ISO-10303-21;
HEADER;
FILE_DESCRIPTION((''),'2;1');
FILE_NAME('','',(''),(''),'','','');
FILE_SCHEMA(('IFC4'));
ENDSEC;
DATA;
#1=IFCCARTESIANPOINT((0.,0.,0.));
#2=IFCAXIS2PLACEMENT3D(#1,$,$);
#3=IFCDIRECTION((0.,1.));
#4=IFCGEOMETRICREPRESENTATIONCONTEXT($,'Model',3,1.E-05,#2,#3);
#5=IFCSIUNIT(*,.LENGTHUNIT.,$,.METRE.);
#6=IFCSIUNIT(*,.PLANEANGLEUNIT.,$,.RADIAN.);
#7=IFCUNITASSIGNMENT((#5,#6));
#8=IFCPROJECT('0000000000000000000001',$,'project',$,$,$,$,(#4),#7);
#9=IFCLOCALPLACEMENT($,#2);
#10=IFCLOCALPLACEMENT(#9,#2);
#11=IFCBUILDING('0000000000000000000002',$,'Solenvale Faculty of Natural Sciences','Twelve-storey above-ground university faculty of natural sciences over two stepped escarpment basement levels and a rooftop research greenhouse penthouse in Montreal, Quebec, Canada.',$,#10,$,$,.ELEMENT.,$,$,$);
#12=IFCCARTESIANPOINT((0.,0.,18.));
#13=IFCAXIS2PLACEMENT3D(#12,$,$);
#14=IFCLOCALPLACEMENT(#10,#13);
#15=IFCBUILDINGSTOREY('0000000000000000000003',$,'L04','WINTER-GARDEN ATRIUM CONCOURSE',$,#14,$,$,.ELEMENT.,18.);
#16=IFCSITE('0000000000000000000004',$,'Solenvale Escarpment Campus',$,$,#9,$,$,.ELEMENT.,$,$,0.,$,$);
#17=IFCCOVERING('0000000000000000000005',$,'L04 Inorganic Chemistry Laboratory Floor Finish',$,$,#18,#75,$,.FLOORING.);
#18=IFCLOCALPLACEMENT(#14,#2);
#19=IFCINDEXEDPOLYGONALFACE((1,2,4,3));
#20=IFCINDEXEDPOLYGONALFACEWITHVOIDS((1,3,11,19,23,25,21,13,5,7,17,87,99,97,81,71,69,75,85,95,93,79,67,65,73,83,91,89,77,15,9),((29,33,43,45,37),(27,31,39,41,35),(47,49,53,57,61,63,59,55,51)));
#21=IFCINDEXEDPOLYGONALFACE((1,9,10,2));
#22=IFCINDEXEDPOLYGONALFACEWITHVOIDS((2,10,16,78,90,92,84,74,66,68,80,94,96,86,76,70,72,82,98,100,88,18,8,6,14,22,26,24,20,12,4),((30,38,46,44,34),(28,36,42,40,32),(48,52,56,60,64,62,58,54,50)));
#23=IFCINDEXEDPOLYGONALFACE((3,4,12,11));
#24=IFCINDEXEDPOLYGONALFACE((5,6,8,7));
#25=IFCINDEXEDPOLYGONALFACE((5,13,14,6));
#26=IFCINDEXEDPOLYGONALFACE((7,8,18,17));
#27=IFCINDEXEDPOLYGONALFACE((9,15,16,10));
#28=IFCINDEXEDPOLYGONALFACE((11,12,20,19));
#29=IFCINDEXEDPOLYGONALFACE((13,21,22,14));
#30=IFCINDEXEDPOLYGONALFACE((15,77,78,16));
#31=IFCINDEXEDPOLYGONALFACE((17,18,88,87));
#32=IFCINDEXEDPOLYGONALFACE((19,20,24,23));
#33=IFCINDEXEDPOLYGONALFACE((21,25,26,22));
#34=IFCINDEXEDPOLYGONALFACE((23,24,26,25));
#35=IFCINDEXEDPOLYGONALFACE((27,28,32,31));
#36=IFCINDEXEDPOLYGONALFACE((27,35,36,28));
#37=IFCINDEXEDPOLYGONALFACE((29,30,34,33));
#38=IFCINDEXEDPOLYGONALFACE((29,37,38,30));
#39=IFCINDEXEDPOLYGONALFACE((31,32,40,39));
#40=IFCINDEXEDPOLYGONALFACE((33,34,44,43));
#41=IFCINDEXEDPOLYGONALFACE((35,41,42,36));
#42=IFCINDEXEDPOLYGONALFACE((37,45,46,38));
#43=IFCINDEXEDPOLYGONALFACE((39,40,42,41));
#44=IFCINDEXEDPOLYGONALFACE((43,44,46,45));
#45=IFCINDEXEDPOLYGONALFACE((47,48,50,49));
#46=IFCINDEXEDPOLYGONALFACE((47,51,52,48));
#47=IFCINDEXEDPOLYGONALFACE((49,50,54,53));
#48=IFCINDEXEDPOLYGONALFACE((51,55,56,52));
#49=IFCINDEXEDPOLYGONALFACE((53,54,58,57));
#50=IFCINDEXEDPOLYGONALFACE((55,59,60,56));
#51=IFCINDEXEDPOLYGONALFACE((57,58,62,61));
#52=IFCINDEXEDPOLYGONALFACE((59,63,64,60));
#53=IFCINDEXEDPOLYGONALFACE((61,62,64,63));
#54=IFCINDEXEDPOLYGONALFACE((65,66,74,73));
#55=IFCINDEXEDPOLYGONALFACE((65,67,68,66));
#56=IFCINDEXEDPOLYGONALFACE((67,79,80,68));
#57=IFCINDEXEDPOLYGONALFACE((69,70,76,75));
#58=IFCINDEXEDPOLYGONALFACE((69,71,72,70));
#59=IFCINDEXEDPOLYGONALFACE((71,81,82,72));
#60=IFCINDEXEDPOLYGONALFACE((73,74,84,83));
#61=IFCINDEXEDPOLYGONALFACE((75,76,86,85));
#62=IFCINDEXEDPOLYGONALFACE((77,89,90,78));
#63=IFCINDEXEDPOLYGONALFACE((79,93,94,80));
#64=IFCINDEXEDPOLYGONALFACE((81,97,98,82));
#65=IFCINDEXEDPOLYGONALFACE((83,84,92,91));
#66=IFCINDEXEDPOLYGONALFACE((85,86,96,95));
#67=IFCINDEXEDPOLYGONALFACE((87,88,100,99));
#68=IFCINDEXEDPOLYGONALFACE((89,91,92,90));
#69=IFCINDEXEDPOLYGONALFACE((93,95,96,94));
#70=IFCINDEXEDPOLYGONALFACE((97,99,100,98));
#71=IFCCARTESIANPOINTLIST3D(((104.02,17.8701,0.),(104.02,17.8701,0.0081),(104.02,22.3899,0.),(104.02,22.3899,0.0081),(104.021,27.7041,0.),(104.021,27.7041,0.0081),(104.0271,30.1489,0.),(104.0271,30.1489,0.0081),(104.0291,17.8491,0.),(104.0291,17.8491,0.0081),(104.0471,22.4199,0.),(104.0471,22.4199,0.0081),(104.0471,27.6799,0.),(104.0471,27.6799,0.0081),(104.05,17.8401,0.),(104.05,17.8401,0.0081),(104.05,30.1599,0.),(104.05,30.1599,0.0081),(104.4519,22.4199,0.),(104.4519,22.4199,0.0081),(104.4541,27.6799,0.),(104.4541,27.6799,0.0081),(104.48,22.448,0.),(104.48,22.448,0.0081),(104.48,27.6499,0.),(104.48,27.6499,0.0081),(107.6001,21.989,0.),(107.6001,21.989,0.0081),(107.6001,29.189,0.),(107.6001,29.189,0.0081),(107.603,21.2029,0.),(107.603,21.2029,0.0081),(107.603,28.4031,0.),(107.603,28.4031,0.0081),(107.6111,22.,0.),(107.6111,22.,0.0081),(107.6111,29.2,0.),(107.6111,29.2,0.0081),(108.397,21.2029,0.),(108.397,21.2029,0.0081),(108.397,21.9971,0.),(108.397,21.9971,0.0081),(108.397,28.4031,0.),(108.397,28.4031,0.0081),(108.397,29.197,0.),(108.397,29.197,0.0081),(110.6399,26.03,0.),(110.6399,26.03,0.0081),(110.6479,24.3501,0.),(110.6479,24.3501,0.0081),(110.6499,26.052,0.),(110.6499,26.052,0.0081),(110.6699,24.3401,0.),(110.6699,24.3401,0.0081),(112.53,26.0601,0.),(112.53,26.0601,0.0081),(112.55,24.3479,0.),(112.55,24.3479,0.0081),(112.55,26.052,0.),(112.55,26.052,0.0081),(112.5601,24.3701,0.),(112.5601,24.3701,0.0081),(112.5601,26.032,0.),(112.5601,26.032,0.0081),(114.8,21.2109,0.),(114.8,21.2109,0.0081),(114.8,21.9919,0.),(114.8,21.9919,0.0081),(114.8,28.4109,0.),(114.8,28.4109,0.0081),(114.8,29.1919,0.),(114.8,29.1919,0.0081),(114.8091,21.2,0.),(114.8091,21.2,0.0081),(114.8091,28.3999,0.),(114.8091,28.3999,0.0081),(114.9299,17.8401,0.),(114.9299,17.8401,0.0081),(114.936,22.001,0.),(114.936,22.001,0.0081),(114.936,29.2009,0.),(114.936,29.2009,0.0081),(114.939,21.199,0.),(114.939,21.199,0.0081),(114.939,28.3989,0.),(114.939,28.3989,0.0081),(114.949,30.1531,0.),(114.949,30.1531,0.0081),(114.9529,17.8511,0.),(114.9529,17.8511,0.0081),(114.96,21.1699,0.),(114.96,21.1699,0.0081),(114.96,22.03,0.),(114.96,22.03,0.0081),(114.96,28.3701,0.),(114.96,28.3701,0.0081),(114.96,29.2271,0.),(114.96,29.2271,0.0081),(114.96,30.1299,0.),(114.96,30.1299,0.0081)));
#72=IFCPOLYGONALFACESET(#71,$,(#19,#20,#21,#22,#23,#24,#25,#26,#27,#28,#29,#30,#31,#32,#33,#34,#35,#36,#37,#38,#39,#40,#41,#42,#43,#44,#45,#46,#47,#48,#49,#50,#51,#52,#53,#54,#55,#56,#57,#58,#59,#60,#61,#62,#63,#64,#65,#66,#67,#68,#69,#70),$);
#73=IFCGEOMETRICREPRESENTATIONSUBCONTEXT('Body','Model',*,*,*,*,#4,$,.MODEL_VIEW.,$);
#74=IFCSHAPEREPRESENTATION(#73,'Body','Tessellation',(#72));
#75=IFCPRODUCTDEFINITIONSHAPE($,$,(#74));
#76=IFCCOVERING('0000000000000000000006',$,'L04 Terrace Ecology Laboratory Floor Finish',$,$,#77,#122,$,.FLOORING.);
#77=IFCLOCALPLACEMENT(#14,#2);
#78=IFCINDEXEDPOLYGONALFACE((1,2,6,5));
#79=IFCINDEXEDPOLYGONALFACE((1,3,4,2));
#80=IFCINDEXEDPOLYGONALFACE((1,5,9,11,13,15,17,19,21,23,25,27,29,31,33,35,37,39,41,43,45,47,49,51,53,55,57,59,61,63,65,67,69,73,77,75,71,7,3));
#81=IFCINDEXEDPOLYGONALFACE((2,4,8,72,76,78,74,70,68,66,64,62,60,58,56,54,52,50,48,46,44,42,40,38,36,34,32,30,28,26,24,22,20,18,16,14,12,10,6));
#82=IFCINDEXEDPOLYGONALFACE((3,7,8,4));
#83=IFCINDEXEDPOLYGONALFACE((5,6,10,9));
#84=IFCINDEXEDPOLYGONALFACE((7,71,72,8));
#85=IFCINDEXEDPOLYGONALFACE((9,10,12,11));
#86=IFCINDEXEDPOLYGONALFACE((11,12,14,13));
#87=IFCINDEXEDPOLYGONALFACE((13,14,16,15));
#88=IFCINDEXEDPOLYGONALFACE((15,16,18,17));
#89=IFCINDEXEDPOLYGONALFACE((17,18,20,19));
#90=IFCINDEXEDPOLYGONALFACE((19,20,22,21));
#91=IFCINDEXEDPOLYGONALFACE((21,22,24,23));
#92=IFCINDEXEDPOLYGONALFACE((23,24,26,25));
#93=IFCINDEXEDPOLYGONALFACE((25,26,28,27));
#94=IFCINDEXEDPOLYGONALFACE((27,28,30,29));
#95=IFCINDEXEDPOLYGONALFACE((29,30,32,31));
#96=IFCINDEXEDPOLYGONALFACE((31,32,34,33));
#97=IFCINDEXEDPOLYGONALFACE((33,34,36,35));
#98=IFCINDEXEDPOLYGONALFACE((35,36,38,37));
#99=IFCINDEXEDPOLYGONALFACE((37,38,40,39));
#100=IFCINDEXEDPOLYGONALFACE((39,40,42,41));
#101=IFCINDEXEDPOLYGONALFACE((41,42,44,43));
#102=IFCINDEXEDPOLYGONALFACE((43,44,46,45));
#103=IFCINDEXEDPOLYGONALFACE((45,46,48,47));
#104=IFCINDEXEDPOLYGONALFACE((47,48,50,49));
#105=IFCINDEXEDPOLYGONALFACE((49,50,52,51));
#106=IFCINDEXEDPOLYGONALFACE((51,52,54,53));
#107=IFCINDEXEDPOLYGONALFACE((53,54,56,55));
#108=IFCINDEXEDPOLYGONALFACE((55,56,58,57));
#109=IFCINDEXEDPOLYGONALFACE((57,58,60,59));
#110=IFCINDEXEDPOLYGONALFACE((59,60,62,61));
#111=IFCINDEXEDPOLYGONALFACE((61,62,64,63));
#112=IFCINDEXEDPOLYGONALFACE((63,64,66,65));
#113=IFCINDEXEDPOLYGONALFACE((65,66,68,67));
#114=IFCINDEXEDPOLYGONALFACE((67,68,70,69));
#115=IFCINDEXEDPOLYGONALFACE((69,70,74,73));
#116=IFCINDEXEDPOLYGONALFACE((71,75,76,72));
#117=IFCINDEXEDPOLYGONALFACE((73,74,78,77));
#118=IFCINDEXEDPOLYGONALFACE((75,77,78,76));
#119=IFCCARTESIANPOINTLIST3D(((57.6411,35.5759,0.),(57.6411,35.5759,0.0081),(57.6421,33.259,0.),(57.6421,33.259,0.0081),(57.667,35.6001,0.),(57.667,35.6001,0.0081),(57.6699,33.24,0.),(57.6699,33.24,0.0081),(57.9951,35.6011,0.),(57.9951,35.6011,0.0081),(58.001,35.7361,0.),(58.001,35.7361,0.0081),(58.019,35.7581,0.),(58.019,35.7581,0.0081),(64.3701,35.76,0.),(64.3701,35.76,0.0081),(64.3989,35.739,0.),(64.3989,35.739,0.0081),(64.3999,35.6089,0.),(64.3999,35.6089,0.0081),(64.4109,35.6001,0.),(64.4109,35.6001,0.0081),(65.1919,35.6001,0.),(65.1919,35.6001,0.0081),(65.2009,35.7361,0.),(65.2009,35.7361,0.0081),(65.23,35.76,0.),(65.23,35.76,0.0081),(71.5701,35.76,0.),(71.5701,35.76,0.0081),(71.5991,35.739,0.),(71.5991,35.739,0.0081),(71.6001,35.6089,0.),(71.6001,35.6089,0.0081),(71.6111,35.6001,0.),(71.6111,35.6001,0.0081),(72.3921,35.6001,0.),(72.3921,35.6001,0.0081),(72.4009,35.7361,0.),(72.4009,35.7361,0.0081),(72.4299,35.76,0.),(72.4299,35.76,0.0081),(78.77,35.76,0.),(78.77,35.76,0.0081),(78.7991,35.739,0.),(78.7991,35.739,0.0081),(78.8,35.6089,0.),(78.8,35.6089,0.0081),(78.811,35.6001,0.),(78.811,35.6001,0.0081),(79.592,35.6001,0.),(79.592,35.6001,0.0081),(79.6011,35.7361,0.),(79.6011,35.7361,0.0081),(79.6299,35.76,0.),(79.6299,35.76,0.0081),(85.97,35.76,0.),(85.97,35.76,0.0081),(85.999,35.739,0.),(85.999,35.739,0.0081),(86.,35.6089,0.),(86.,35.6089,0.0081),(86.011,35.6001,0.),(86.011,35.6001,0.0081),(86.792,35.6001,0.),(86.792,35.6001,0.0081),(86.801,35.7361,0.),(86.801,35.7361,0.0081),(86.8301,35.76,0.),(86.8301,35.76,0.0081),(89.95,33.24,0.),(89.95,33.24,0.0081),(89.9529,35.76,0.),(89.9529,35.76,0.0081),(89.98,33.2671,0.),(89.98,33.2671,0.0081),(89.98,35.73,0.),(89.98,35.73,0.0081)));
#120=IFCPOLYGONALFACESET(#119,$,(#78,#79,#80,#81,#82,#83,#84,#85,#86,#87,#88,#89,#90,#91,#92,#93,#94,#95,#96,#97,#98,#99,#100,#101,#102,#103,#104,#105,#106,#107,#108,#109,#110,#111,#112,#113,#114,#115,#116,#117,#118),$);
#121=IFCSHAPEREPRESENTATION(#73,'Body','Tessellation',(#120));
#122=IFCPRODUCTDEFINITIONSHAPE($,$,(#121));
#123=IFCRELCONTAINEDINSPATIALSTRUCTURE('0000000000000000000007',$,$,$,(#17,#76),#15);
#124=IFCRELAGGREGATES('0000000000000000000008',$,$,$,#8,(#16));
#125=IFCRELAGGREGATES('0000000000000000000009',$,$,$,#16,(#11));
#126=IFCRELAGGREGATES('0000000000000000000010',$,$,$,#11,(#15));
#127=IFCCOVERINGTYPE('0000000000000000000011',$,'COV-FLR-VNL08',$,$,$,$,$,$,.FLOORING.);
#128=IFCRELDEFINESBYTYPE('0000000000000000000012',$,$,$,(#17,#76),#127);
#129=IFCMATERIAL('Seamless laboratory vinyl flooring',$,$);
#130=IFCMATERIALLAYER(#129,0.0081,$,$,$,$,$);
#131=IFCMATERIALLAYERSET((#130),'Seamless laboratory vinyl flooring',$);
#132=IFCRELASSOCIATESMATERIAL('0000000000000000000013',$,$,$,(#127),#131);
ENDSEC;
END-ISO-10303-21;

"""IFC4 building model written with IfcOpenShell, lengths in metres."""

from ifc_helpers import new_model, si_unit, direction, frame, origin, place, context, subcontext, project, spatial, polyline, outline, extrude, material, layer, layer_set, type_object, element, save


model = new_model("IFC4")

# Units and contexts
model_context = context("Model", 3, precision=1e-05, world=origin(), true_north=direction((0.0, 1.0)))
body_context = subcontext(model_context, "Body", "Model", "MODEL_VIEW")
ifc_project = project(units=[si_unit("LENGTHUNIT", "METRE"), si_unit("PLANEANGLEUNIT", "RADIAN")], contexts=[model_context])

# Site, building, storey
site_placement = place(None, origin())
site = spatial("IfcSite", under=ifc_project, at=site_placement, Name="Solenvale Escarpment Campus", CompositionType="ELEMENT", RefElevation=0.0)
building_placement = place(site_placement, origin())
building = spatial("IfcBuilding", under=site, at=building_placement, Name="Solenvale Faculty of Natural Sciences", Description="Twelve-storey above-ground university faculty of natural sciences over two stepped escarpment basement levels and a rooftop research greenhouse penthouse in Montreal, Quebec, Canada.", CompositionType="ELEMENT")
storey_placement = place(building_placement, frame((0.0, 0.0, 18.0)))
storey = spatial("IfcBuildingStorey", under=building, at=storey_placement, Name="L04", Description="WINTER-GARDEN ATRIUM CONCOURSE", CompositionType="ELEMENT", Elevation=18.0)

# Coverings
ifc_material_1 = material(Name="Seamless laboratory vinyl flooring")
ifc_layer_1 = layer(ifc_material_1, 0.0081)
ifc_layer_set_1 = layer_set([ifc_layer_1], Name="Seamless laboratory vinyl flooring")
covering_type_1 = type_object("IfcCoveringType", Name="COV-FLR-VNL08", PredefinedType="FLOORING", material=ifc_layer_set_1)
covering_1_placement = place(storey_placement, origin())
element("IfcCovering", 1, at=covering_1_placement, inside=storey, type_object=covering_type_1, Name="L04 Inorganic Chemistry Laboratory Floor Finish", PredefinedType="FLOORING", context=body_context, shape_type="SweptSolid", body=[
    extrude(outline(polyline([(104.05, 17.8401), (104.0291, 17.8491), (104.02, 17.8701), (104.02, 22.3899), (104.0471, 22.4199), (104.4519, 22.4199), (104.48, 22.448), (104.48, 27.6499), (104.4541, 27.6799), (104.0471, 27.6799), (104.021, 27.7041), (104.0271, 30.1489), (104.05, 30.1599), (114.949, 30.1531), (114.96, 30.1299), (114.96, 29.2271), (114.936, 29.2009), (114.8, 29.1919), (114.8, 28.4109), (114.8091, 28.3999), (114.939, 28.3989), (114.96, 28.3701), (114.96, 22.03), (114.936, 22.001), (114.8, 21.9919), (114.8, 21.2109), (114.8091, 21.2), (114.939, 21.199), (114.96, 21.1699), (114.9529, 17.8511), (114.9299, 17.8401), (104.05, 17.8401)]), holes=[polyline([(112.5601, 26.032), (112.55, 26.052), (112.53, 26.0601), (110.6499, 26.052), (110.6399, 26.03), (110.6479, 24.3501), (110.6699, 24.3401), (112.55, 24.3479), (112.5601, 24.3701), (112.5601, 26.032)]), polyline([(107.6111, 22.0), (107.6001, 21.989), (107.603, 21.2029), (108.397, 21.2029), (108.397, 21.9971), (107.6111, 22.0)]), polyline([(107.6111, 29.2), (107.6001, 29.189), (107.603, 28.4031), (108.397, 28.4031), (108.397, 29.197), (107.6111, 29.2)])]), origin(), (0.0, 0.0, 1.0), 0.0081),
])
covering_2_placement = place(storey_placement, origin())
element("IfcCovering", 2, at=covering_2_placement, inside=storey, type_object=covering_type_1, Name="L04 Terrace Ecology Laboratory Floor Finish", PredefinedType="FLOORING", context=body_context, shape_type="SweptSolid", body=[
    extrude(outline(polyline([(64.3701, 35.76), (64.3989, 35.739), (64.3999, 35.6089), (64.4109, 35.6001), (65.1919, 35.6001), (65.2009, 35.7361), (65.23, 35.76), (71.5701, 35.76), (71.5991, 35.739), (71.6001, 35.6089), (71.6111, 35.6001), (72.3921, 35.6001), (72.4009, 35.7361), (72.4299, 35.76), (78.77, 35.76), (78.7991, 35.739), (78.8, 35.6089), (78.811, 35.6001), (79.592, 35.6001), (79.6011, 35.7361), (79.6299, 35.76), (85.97, 35.76), (85.999, 35.739), (86.0, 35.6089), (86.011, 35.6001), (86.792, 35.6001), (86.801, 35.7361), (86.8301, 35.76), (89.9529, 35.76), (89.98, 35.73), (89.98, 33.2671), (89.95, 33.24), (57.6699, 33.24), (57.6421, 33.259), (57.6411, 35.5759), (57.667, 35.6001), (57.9951, 35.6011), (58.001, 35.7361), (58.019, 35.7581), (64.3701, 35.76)])), origin(), (0.0, 0.0, 1.0), 0.0081),
])

save(model, "model.ifc")
